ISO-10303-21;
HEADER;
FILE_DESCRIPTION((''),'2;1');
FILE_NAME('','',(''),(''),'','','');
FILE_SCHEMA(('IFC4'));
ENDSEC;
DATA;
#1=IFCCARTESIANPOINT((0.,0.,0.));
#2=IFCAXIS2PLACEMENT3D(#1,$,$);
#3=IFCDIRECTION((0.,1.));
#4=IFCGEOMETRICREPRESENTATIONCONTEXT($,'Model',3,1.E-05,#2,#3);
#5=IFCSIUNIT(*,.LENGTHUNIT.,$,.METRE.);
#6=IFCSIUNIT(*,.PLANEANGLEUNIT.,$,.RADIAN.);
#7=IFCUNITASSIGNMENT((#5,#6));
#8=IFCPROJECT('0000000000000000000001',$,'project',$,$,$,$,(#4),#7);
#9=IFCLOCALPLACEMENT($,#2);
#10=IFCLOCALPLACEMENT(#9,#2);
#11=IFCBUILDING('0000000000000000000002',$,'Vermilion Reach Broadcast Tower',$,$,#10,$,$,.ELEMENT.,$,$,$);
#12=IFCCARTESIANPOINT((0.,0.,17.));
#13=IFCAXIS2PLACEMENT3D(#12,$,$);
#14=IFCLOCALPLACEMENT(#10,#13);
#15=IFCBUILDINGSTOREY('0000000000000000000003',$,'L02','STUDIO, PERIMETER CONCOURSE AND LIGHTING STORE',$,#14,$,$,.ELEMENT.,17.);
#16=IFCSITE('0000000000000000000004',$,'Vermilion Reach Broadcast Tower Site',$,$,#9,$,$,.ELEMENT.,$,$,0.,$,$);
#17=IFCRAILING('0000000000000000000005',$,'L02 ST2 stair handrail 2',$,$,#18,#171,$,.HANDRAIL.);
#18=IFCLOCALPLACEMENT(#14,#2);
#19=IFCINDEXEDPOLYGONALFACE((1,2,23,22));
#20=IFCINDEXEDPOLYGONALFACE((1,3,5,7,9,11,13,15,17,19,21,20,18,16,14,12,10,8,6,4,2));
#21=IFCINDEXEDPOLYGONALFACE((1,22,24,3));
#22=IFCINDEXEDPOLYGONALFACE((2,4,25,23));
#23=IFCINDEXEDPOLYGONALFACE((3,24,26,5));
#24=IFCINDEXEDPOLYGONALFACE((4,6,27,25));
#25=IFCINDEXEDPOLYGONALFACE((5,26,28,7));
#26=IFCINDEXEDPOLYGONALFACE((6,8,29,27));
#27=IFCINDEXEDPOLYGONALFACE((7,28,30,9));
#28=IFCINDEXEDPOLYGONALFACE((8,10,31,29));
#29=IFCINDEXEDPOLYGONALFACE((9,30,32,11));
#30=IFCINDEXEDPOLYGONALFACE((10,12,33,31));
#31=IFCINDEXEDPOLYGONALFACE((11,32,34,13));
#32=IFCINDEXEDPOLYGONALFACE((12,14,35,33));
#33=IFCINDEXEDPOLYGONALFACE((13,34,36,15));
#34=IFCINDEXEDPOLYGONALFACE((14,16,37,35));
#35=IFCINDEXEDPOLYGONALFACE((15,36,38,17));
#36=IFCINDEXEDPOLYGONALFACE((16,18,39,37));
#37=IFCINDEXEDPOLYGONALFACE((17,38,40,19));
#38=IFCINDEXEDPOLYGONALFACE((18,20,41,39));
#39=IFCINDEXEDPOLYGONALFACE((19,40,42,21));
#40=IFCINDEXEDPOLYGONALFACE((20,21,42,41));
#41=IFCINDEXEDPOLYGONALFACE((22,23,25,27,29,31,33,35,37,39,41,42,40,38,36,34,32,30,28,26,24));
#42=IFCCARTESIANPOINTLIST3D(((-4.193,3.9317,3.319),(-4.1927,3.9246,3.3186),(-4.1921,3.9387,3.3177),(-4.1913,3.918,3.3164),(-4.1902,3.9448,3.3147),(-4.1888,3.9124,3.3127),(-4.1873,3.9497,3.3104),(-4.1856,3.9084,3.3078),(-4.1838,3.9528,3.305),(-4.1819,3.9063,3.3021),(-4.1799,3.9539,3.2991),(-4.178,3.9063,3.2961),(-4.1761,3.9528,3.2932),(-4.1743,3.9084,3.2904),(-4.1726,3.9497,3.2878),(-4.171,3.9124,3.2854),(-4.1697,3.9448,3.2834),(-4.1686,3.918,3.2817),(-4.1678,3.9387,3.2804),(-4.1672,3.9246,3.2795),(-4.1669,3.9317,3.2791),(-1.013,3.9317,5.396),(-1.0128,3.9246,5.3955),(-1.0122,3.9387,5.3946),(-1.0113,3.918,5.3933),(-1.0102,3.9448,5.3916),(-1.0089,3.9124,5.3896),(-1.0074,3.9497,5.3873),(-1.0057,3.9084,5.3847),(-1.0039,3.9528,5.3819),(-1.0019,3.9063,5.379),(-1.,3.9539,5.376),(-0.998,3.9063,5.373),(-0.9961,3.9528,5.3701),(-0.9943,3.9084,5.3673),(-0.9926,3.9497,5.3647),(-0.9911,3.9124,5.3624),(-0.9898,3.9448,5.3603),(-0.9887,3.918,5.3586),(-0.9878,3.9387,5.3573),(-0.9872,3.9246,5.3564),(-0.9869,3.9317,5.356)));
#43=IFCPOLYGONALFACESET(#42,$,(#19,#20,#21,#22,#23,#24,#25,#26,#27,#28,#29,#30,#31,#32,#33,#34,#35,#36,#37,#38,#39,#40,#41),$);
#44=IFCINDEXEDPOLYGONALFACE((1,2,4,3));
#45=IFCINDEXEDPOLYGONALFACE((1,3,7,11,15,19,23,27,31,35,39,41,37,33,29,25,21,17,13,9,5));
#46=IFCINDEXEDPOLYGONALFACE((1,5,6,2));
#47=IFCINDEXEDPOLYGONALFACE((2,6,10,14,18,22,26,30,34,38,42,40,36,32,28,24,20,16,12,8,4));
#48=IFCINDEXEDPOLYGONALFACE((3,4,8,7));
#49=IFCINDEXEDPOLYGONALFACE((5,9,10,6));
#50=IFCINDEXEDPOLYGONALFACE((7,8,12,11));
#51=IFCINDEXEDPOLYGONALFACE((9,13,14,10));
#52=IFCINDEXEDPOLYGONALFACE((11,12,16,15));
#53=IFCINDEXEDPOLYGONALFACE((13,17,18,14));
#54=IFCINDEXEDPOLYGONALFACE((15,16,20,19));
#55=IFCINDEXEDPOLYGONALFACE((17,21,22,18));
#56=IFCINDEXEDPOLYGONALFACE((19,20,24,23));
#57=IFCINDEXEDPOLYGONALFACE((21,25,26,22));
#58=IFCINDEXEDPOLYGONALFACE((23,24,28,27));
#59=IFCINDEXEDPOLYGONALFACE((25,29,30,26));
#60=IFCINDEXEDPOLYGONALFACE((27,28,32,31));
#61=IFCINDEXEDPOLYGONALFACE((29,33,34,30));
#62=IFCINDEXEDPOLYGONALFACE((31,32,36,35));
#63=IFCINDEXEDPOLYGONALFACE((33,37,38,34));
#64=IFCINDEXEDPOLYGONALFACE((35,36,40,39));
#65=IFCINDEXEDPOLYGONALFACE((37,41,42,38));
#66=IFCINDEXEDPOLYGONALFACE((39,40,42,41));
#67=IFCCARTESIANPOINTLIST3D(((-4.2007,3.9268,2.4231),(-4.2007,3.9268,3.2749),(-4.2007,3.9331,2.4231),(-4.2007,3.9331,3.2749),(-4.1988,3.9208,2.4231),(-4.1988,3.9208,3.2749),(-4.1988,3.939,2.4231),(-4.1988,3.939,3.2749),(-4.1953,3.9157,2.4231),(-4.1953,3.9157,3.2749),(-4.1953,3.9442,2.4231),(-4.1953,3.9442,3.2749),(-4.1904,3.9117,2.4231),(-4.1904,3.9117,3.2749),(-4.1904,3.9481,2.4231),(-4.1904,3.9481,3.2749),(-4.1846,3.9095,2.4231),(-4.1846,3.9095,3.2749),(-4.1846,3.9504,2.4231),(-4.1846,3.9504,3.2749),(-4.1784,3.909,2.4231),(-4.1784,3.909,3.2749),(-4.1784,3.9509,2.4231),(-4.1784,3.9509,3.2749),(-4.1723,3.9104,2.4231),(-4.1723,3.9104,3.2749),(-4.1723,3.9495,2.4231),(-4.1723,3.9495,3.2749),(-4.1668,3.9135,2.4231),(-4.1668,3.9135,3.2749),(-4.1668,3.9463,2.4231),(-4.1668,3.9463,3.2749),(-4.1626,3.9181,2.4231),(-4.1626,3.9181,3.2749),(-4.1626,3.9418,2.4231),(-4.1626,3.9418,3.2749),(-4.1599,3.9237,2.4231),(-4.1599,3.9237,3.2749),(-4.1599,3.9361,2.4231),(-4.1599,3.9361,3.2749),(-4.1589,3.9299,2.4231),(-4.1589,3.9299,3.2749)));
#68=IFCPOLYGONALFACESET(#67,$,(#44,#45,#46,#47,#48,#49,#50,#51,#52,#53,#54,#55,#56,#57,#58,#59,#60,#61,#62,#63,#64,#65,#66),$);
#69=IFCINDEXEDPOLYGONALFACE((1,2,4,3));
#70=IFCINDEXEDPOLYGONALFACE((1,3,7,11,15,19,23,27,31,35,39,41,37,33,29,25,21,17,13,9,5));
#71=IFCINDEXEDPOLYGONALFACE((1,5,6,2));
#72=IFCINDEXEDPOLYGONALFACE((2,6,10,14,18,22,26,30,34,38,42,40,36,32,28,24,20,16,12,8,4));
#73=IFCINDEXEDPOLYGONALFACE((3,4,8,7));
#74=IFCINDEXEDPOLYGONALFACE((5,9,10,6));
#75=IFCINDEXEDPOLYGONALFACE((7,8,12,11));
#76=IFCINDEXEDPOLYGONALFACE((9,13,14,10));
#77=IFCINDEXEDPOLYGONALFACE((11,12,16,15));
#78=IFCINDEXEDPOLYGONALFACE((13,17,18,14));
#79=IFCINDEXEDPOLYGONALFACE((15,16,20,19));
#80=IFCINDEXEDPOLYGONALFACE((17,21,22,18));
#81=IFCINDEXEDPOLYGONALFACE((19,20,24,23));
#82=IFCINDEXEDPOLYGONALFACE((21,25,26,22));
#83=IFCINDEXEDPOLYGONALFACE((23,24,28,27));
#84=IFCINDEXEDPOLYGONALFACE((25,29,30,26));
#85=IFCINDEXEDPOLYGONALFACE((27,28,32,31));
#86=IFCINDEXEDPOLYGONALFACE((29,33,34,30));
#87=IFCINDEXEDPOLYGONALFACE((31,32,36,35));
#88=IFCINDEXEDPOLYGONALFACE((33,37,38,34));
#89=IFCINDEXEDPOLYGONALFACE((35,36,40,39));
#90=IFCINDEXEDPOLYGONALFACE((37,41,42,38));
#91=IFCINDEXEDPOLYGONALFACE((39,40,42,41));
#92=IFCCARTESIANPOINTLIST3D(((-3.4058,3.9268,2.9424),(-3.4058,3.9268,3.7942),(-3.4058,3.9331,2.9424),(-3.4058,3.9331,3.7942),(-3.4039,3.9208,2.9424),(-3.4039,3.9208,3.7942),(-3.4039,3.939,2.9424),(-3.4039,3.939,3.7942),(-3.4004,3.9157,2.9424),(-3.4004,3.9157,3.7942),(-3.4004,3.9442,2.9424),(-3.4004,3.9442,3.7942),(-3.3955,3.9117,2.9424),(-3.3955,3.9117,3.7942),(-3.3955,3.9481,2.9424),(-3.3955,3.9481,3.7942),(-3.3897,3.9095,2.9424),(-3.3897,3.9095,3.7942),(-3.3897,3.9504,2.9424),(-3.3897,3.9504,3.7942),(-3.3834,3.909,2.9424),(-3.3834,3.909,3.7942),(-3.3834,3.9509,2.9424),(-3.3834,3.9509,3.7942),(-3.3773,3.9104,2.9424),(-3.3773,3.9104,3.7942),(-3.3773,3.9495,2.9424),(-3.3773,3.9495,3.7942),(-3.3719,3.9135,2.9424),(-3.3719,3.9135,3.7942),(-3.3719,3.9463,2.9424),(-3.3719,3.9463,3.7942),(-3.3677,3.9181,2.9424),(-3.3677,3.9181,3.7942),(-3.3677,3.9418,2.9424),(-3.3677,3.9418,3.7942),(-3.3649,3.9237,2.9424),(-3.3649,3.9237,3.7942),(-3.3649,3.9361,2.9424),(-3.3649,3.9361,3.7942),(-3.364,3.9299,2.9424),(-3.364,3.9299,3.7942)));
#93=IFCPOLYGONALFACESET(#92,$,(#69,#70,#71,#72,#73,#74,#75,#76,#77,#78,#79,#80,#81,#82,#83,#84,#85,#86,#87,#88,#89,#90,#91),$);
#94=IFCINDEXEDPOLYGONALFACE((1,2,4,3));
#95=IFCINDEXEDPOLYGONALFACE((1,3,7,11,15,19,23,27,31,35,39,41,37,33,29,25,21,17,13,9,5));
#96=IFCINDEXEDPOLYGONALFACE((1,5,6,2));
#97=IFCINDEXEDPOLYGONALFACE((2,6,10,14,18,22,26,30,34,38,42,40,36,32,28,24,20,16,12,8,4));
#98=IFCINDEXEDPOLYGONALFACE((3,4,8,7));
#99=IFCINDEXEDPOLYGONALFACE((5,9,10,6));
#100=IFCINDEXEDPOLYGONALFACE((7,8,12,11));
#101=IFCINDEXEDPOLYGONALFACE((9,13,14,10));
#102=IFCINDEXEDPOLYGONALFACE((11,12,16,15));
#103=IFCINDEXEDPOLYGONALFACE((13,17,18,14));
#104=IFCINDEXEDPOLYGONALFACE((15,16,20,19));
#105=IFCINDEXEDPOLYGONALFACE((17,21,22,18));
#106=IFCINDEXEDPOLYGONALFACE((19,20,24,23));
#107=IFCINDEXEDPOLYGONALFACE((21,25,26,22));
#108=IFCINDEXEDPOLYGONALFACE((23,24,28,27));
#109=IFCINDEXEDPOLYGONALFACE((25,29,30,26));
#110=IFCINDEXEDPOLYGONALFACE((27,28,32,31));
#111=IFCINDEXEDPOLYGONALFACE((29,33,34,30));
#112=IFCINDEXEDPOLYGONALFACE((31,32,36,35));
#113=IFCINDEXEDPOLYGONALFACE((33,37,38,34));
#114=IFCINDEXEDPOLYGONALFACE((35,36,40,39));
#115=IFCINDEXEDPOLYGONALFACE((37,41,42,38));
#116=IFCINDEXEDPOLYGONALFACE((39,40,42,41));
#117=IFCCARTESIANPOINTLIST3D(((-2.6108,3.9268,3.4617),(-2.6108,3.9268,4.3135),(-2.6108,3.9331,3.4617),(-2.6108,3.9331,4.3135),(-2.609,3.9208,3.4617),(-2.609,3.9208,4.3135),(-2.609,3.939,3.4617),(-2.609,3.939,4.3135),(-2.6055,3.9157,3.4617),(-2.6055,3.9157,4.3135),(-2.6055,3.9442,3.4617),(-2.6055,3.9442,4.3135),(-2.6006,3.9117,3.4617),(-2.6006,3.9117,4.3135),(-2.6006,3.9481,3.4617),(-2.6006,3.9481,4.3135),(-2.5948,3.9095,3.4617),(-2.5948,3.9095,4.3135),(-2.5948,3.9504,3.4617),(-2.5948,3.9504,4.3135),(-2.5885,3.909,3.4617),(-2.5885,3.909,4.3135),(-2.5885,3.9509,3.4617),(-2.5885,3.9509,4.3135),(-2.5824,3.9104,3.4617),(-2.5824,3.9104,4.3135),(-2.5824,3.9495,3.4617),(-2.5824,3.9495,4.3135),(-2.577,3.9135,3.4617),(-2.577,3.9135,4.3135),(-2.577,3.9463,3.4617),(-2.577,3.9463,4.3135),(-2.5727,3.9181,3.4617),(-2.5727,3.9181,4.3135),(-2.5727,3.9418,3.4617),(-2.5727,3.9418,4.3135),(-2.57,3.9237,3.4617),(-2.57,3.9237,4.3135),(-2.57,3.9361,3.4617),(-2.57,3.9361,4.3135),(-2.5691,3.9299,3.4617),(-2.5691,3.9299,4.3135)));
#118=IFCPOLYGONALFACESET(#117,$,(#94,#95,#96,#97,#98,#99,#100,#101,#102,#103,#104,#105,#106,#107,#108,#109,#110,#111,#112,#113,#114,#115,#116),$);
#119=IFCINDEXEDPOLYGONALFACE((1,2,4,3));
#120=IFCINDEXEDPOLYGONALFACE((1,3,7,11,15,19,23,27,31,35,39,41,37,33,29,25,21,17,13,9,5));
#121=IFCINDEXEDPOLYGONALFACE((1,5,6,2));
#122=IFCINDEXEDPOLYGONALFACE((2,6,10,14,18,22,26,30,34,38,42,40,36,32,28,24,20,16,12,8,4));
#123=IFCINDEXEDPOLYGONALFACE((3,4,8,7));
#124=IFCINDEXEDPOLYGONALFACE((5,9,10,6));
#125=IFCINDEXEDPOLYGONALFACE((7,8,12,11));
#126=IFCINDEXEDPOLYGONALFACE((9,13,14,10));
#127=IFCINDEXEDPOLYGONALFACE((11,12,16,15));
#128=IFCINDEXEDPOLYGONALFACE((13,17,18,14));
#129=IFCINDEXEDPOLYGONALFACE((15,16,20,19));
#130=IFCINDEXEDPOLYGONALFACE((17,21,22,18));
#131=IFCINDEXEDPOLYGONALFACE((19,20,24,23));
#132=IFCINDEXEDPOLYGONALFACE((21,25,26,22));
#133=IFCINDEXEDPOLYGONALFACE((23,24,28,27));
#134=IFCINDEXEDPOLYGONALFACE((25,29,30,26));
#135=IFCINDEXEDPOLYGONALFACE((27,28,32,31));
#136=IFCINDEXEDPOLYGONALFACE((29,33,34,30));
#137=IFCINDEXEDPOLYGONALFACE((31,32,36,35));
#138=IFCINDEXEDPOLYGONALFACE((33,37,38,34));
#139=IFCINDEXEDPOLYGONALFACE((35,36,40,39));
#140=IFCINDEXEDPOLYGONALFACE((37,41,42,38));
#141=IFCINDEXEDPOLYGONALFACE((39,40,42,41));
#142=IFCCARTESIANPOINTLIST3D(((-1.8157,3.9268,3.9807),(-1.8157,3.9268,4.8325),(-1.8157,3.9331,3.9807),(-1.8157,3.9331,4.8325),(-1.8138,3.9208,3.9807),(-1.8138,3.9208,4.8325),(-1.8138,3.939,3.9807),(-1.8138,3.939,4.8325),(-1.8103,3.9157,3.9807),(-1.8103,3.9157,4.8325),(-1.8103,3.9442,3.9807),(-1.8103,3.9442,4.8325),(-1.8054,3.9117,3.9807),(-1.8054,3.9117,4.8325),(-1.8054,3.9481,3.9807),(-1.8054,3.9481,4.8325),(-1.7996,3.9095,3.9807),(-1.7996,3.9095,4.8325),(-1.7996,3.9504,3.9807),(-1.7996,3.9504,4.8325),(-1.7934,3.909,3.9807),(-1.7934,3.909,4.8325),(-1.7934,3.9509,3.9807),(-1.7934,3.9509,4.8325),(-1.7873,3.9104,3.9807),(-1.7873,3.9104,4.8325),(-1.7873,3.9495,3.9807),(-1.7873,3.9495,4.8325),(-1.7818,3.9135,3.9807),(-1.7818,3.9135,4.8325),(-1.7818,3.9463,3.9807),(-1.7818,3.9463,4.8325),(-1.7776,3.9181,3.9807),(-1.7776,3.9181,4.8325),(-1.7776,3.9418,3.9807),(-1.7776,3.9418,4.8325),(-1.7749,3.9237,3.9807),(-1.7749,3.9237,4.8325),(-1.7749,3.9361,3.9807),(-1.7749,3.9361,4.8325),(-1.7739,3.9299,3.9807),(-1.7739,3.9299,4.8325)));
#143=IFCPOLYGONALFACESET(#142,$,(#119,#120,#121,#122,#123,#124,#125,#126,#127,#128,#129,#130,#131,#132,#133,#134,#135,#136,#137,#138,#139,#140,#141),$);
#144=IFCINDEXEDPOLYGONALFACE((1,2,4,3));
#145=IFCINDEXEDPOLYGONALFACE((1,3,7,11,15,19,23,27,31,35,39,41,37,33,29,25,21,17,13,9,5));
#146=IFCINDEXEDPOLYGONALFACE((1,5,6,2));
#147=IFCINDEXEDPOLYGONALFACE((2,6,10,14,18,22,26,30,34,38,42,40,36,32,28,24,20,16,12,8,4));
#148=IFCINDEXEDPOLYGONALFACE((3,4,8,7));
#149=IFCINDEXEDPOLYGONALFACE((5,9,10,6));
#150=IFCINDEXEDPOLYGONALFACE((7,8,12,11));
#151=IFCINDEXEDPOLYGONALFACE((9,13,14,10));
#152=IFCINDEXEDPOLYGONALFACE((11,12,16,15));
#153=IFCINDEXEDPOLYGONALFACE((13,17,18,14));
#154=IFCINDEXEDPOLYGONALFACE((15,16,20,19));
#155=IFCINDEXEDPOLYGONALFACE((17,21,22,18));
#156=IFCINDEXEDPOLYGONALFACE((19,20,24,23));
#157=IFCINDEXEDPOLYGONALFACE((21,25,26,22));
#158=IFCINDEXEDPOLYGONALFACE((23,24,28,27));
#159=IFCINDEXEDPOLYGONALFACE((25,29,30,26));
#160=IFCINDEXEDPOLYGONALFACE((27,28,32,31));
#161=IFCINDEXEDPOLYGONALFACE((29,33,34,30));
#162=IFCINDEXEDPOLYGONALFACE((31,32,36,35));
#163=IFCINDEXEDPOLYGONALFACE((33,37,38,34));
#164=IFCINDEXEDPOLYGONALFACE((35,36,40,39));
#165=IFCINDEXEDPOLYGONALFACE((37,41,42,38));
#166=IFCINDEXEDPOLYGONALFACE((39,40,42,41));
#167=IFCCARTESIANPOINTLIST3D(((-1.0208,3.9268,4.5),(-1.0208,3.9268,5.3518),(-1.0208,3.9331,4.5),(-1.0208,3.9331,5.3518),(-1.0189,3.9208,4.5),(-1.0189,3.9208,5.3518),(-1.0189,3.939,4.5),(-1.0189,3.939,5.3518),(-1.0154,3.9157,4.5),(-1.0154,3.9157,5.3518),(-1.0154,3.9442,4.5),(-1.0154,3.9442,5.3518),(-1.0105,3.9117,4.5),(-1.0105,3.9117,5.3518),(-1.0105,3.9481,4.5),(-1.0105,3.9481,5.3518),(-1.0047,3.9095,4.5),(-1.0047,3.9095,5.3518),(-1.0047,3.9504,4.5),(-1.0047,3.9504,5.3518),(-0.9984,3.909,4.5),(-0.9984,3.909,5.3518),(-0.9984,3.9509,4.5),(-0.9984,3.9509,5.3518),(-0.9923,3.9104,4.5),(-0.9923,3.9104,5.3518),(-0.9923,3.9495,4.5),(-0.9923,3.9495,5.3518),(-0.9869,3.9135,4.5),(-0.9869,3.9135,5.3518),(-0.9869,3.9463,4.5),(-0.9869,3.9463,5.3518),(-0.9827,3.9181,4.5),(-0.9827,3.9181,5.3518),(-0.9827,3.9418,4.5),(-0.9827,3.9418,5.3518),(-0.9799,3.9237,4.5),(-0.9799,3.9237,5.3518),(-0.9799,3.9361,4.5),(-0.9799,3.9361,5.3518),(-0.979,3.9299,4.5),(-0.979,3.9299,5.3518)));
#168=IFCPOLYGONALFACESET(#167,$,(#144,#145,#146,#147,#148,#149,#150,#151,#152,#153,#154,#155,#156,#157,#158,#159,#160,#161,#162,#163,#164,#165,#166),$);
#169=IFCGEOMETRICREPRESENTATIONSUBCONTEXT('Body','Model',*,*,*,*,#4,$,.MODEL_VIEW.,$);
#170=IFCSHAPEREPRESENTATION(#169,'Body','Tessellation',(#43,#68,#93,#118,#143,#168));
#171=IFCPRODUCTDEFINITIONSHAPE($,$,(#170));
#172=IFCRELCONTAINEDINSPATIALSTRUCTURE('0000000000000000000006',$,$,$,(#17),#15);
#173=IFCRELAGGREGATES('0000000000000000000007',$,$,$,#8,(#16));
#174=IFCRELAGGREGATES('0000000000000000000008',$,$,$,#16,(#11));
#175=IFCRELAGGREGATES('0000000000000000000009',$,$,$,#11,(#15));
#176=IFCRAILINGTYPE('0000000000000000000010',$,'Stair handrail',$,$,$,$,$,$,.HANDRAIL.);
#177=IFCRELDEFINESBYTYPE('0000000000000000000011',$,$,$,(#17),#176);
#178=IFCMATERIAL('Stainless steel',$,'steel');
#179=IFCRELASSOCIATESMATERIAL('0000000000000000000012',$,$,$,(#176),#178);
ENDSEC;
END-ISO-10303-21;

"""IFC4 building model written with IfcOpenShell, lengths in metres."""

from ifc_helpers import new_model, si_unit, direction, frame, origin, origin_2d, place, context, subcontext, project, spatial, circle, extrude, material, type_object, element, save


model = new_model("IFC4")

# Units and contexts
model_context = context("Model", 3, precision=1e-05, world=origin(), true_north=direction((0.0, 1.0)))
body_context = subcontext(model_context, "Body", "Model", "MODEL_VIEW")
ifc_project = project(units=[si_unit("LENGTHUNIT", "METRE"), si_unit("PLANEANGLEUNIT", "RADIAN")], contexts=[model_context])

# Site, building, storey
site_placement = place(None, origin())
site = spatial("IfcSite", under=ifc_project, at=site_placement, Name="Vermilion Reach Broadcast Tower Site", CompositionType="ELEMENT", RefElevation=0.0)
building_placement = place(site_placement, origin())
building = spatial("IfcBuilding", under=site, at=building_placement, Name="Vermilion Reach Broadcast Tower", CompositionType="ELEMENT")
storey_placement = place(building_placement, frame((0.0, 0.0, 17.0)))
storey = spatial("IfcBuildingStorey", under=building, at=storey_placement, Name="L02", Description="STUDIO, PERIMETER CONCOURSE AND LIGHTING STORE", CompositionType="ELEMENT", Elevation=17.0)

# Railing
ifc_material_1 = material(Name="Stainless steel", Category="steel")
railing_type_1 = type_object("IfcRailingType", Name="Stair handrail", PredefinedType="HANDRAIL", material=ifc_material_1)
railing_1_placement = place(storey_placement, frame((-4.1799, 3.9299, 2.4231)))
element("IfcRailing", 1, at=railing_1_placement, inside=storey, type_object=railing_type_1, Name="L02 ST2 stair handrail 2", PredefinedType="HANDRAIL", context=body_context, shape_type="SweptSolid", body=[
    extrude(circle(Radius=0.0239, at=origin_2d()), frame((0.0, 0.0, 0.876), z_axis=(0.837245, 0.0, 0.546828), x_axis=(0.0, 1.0, 0.0)), (0.0, 0.0, 1.0), 3.7981),
    extrude(circle(Radius=0.021, at=origin_2d()), origin(), (0.0, 0.0, 1.0), 0.8518),
    extrude(circle(Radius=0.021, at=origin_2d()), frame((0.7949, 0.0, 0.5193)), (0.0, 0.0, 1.0), 0.8518),
    extrude(circle(Radius=0.021, at=origin_2d()), frame((1.5898, 0.0, 1.0386)), (0.0, 0.0, 1.0), 0.8518),
    extrude(circle(Radius=0.021, at=origin_2d()), frame((2.385, 0.0, 1.5576)), (0.0, 0.0, 1.0), 0.8518),
    extrude(circle(Radius=0.021, at=origin_2d()), frame((3.1799, 0.0, 2.0769)), (0.0, 0.0, 1.0), 0.8518),
])

save(model, "model.ifc")
